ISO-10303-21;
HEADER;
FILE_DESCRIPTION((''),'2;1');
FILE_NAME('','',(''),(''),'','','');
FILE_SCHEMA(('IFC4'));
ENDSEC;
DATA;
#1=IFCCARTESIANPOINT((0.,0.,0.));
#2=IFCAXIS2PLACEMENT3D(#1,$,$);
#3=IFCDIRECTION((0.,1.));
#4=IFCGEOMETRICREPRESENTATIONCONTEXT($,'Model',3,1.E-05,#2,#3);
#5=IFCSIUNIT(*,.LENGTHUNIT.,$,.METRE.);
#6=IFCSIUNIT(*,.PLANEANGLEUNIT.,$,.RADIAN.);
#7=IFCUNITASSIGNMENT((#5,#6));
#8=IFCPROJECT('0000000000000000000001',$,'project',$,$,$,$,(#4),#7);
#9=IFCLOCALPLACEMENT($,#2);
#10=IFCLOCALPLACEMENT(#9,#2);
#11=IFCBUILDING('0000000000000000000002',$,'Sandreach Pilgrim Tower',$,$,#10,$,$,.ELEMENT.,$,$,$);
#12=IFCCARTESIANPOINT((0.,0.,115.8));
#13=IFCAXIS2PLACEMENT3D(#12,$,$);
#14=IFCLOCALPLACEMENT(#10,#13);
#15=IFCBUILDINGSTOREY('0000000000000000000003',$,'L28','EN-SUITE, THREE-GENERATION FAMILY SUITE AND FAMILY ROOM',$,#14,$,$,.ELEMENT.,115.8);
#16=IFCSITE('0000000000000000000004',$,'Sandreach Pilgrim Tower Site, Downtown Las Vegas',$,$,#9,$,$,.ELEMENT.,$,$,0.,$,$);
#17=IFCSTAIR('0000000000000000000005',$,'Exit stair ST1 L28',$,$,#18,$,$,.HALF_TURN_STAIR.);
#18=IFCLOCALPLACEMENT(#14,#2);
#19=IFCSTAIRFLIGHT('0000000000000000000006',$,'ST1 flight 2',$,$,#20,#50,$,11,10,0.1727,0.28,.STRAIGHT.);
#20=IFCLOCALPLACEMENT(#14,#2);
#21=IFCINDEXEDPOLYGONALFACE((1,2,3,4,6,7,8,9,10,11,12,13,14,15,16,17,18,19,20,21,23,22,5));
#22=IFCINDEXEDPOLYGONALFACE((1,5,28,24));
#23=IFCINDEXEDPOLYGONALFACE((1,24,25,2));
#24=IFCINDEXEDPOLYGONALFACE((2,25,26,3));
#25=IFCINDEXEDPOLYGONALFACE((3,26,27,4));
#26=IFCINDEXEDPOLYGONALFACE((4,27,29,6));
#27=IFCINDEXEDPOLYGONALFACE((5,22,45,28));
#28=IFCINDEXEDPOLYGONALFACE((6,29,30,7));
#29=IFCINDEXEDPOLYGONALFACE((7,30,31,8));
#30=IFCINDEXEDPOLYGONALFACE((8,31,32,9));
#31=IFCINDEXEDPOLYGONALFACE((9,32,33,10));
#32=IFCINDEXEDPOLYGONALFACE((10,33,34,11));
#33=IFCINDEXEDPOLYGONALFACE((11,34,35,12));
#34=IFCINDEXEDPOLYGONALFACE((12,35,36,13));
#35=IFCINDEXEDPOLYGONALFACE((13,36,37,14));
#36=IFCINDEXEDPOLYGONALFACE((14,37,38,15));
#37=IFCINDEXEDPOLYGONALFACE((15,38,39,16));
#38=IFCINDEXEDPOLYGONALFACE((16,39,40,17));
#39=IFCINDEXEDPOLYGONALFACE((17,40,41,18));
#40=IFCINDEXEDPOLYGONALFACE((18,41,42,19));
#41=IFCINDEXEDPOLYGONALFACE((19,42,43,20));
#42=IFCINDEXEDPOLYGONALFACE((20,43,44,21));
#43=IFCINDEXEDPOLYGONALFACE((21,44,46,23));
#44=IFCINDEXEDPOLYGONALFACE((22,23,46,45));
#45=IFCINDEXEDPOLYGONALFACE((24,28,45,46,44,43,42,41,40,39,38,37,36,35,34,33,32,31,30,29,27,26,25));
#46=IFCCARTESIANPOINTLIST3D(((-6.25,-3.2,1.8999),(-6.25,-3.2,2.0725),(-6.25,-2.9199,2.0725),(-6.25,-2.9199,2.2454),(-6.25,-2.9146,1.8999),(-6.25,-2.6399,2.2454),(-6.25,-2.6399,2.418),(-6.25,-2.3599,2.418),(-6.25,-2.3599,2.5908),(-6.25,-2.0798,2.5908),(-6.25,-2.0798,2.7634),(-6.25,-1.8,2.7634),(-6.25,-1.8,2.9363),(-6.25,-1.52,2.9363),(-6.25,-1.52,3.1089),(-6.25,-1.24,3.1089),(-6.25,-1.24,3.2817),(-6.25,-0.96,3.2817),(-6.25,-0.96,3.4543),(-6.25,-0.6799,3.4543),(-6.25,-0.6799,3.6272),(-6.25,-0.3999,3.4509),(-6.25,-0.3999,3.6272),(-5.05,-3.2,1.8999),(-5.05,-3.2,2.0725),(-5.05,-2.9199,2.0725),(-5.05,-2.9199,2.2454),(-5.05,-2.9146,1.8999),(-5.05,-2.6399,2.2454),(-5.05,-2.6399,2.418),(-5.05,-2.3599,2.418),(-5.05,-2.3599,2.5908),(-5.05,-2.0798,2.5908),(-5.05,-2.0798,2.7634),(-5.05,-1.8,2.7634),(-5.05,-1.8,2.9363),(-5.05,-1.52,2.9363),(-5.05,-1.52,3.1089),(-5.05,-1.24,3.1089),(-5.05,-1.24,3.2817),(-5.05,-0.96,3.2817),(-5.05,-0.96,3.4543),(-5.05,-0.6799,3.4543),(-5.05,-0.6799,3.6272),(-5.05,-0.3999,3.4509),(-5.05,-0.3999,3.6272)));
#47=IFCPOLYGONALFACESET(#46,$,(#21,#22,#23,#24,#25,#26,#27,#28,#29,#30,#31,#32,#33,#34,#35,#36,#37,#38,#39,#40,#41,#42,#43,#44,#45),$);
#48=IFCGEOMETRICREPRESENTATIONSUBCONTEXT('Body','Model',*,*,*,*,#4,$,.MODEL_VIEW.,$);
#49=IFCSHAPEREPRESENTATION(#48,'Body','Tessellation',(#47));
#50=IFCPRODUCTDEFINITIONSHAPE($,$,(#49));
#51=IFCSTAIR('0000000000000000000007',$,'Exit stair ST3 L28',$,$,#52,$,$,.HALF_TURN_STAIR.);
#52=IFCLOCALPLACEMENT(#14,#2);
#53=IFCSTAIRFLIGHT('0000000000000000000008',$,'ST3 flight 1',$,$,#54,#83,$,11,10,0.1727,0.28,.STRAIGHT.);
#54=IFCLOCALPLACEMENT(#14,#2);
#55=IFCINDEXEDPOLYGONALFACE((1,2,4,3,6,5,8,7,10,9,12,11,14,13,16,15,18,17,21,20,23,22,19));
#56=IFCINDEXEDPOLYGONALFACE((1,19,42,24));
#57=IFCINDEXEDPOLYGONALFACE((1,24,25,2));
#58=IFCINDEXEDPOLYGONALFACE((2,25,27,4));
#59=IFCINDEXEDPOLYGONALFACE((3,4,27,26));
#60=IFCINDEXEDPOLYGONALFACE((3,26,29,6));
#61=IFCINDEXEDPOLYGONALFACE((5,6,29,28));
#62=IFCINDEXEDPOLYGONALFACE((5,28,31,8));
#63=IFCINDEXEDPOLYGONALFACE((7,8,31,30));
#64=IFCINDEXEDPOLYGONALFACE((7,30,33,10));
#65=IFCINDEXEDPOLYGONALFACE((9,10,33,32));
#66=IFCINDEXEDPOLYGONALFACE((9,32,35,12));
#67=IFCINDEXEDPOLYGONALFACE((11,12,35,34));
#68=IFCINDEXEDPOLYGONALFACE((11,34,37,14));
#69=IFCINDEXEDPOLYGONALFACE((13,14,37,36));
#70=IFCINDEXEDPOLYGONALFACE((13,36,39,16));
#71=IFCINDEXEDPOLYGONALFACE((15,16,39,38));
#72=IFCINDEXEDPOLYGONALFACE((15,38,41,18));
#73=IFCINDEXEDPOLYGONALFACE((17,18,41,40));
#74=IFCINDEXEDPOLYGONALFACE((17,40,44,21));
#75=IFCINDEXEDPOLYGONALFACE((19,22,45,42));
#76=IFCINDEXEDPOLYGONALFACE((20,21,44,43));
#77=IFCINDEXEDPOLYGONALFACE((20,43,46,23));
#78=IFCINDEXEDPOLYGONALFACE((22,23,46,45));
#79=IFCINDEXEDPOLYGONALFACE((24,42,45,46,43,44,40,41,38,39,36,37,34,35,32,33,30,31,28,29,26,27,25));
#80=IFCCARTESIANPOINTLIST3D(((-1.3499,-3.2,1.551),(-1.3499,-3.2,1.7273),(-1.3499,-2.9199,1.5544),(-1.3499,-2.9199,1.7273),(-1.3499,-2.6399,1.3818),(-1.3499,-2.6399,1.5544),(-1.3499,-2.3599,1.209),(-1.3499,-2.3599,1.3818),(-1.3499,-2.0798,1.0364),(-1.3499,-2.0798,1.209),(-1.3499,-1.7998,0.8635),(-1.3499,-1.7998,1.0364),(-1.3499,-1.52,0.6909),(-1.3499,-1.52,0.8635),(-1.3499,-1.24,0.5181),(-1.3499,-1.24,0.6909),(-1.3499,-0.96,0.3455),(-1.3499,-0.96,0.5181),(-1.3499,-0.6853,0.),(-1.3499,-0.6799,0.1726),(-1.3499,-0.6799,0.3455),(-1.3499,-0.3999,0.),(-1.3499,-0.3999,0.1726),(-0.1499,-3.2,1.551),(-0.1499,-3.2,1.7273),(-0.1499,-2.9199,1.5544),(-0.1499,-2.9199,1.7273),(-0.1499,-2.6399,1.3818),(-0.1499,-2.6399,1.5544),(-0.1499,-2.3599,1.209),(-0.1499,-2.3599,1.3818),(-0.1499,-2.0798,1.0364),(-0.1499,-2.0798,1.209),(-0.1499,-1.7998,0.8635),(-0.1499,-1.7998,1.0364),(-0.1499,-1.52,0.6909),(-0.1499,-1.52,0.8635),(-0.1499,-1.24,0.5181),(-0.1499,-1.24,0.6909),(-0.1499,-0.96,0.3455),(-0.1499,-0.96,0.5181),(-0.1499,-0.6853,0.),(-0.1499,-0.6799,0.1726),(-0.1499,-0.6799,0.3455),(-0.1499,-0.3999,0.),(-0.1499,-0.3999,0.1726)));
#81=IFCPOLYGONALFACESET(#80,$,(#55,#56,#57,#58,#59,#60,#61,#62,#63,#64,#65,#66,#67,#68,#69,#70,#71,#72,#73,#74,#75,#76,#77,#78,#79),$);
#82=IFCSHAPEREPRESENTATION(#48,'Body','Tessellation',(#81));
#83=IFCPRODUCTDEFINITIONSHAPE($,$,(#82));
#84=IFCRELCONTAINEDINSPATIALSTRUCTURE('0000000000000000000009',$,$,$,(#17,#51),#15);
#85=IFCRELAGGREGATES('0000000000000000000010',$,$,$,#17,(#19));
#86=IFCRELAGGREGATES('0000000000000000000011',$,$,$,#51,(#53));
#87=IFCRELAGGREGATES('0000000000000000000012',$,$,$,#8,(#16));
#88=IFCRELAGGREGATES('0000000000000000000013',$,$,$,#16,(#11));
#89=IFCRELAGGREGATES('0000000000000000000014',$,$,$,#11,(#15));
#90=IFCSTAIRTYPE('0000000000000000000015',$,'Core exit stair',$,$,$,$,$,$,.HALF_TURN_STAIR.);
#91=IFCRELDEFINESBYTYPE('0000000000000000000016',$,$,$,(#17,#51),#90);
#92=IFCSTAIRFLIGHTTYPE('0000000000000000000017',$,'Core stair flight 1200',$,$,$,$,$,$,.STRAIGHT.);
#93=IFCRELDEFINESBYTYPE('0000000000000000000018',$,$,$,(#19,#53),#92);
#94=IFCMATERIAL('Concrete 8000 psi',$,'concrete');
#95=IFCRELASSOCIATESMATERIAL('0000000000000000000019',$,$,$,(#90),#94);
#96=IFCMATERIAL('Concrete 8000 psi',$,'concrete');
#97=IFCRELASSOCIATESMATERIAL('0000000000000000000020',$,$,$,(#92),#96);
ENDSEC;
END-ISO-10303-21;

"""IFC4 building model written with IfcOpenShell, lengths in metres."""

from ifc_helpers import new_model, si_unit, direction, frame, origin, place, context, subcontext, project, spatial, polyline, outline, extrude, material, type_object, element, aggregate, save


model = new_model("IFC4")

# Units and contexts
model_context = context("Model", 3, precision=1e-05, world=origin(), true_north=direction((0.0, 1.0)))
body_context = subcontext(model_context, "Body", "Model", "MODEL_VIEW")
ifc_project = project(units=[si_unit("LENGTHUNIT", "METRE"), si_unit("PLANEANGLEUNIT", "RADIAN")], contexts=[model_context])

# Site, building, storey
site_placement = place(None, origin())
site = spatial("IfcSite", under=ifc_project, at=site_placement, Name="Sandreach Pilgrim Tower Site, Downtown Las Vegas", CompositionType="ELEMENT", RefElevation=0.0)
building_placement = place(site_placement, origin())
building = spatial("IfcBuilding", under=site, at=building_placement, Name="Sandreach Pilgrim Tower", CompositionType="ELEMENT")
storey_placement = place(building_placement, frame((0.0, 0.0, 115.8)))
storey = spatial("IfcBuildingStorey", under=building, at=storey_placement, Name="L28", Description="EN-SUITE, THREE-GENERATION FAMILY SUITE AND FAMILY ROOM", CompositionType="ELEMENT", Elevation=115.8)

# Stair, stair flight
ifc_material_1 = material(Name="Concrete 8000 psi", Category="concrete")
stair_type = type_object("IfcStairType", Name="Core exit stair", PredefinedType="HALF_TURN_STAIR", material=ifc_material_1)
stair_1_placement = place(storey_placement, origin())
stair_1 = element("IfcStair", 1, at=stair_1_placement, inside=storey, type_object=stair_type, Name="Exit stair ST1 L28", PredefinedType="HALF_TURN_STAIR")
ifc_material_2 = material(Name="Concrete 8000 psi", Category="concrete")
stair_flight_type = type_object("IfcStairFlightType", Name="Core stair flight 1200", PredefinedType="STRAIGHT", material=ifc_material_2)
stair_flight_1_placement = place(storey_placement, frame((-5.6499, -3.2, 1.8999), z_axis=(0.0, 0.0, 1.0), x_axis=(0.0, 1.0, 0.0)))
stair_flight_1 = element("IfcStairFlight", 2, at=stair_flight_1_placement, type_object=stair_flight_type, Name="ST1 flight 2", NumberOfRisers=11, NumberOfTreads=10, PredefinedType="STRAIGHT", RiserHeight=0.1727, TreadLength=0.28, context=body_context, shape_type="SweptSolid", body=[
    extrude(outline(polyline([(0.0, 0.0), (0.0, 0.1726), (0.28, 0.1726), (0.28, 0.3455), (0.5601, 0.3455), (0.5601, 0.5181), (0.8401, 0.5181), (0.8401, 0.6909), (1.1201, 0.6909), (1.1201, 0.8635), (1.3999, 0.8635), (1.3999, 1.0364), (1.6799, 1.0364), (1.6799, 1.209), (1.96, 1.209), (1.96, 1.3818), (2.24, 1.3818), (2.24, 1.5544), (2.52, 1.5544), (2.52, 1.7273), (2.8, 1.7273), (2.8, 1.8999), (2.8, 1.551), (0.2854, 0.0), (0.0, 0.0)])), frame((0.0, 0.6001, 0.0), z_axis=(0.0, -1.0, 0.0), x_axis=(1.0, 0.0, 0.0)), (0.0, 0.0, 1.0), 1.2),
])
aggregate(stair_1, [stair_flight_1])

# Stair, stair flight
stair_2_placement = place(storey_placement, origin())
stair_2 = element("IfcStair", 3, at=stair_2_placement, inside=storey, type_object=stair_type, Name="Exit stair ST3 L28", PredefinedType="HALF_TURN_STAIR")
stair_flight_2_placement = place(storey_placement, frame((-0.75, -0.3999, 0.0), z_axis=(0.0, 0.0, 1.0), x_axis=(0.0, -1.0, 0.0)))
stair_flight_2 = element("IfcStairFlight", 4, at=stair_flight_2_placement, type_object=stair_flight_type, Name="ST3 flight 1", NumberOfRisers=11, NumberOfTreads=10, PredefinedType="STRAIGHT", RiserHeight=0.1727, TreadLength=0.28, context=body_context, shape_type="SweptSolid", body=[
    extrude(outline(polyline([(0.0, 0.0), (0.0, 0.1726), (0.28, 0.1726), (0.28, 0.3455), (0.5601, 0.3455), (0.5601, 0.5181), (0.8401, 0.5181), (0.8401, 0.6909), (1.1201, 0.6909), (1.1201, 0.8635), (1.3999, 0.8635), (1.3999, 1.0364), (1.6799, 1.0364), (1.6799, 1.209), (1.96, 1.209), (1.96, 1.3818), (2.24, 1.3818), (2.24, 1.5544), (2.52, 1.5544), (2.52, 1.7273), (2.8, 1.7273), (2.8, 1.8999), (2.8, 1.551), (0.2854, 0.0), (0.0, 0.0)])), frame((0.0, 0.6001, 0.0), z_axis=(0.0, -1.0, 0.0), x_axis=(1.0, 0.0, 0.0)), (0.0, 0.0, 1.0), 1.2),
])
aggregate(stair_2, [stair_flight_2])

save(model, "model.ifc")
